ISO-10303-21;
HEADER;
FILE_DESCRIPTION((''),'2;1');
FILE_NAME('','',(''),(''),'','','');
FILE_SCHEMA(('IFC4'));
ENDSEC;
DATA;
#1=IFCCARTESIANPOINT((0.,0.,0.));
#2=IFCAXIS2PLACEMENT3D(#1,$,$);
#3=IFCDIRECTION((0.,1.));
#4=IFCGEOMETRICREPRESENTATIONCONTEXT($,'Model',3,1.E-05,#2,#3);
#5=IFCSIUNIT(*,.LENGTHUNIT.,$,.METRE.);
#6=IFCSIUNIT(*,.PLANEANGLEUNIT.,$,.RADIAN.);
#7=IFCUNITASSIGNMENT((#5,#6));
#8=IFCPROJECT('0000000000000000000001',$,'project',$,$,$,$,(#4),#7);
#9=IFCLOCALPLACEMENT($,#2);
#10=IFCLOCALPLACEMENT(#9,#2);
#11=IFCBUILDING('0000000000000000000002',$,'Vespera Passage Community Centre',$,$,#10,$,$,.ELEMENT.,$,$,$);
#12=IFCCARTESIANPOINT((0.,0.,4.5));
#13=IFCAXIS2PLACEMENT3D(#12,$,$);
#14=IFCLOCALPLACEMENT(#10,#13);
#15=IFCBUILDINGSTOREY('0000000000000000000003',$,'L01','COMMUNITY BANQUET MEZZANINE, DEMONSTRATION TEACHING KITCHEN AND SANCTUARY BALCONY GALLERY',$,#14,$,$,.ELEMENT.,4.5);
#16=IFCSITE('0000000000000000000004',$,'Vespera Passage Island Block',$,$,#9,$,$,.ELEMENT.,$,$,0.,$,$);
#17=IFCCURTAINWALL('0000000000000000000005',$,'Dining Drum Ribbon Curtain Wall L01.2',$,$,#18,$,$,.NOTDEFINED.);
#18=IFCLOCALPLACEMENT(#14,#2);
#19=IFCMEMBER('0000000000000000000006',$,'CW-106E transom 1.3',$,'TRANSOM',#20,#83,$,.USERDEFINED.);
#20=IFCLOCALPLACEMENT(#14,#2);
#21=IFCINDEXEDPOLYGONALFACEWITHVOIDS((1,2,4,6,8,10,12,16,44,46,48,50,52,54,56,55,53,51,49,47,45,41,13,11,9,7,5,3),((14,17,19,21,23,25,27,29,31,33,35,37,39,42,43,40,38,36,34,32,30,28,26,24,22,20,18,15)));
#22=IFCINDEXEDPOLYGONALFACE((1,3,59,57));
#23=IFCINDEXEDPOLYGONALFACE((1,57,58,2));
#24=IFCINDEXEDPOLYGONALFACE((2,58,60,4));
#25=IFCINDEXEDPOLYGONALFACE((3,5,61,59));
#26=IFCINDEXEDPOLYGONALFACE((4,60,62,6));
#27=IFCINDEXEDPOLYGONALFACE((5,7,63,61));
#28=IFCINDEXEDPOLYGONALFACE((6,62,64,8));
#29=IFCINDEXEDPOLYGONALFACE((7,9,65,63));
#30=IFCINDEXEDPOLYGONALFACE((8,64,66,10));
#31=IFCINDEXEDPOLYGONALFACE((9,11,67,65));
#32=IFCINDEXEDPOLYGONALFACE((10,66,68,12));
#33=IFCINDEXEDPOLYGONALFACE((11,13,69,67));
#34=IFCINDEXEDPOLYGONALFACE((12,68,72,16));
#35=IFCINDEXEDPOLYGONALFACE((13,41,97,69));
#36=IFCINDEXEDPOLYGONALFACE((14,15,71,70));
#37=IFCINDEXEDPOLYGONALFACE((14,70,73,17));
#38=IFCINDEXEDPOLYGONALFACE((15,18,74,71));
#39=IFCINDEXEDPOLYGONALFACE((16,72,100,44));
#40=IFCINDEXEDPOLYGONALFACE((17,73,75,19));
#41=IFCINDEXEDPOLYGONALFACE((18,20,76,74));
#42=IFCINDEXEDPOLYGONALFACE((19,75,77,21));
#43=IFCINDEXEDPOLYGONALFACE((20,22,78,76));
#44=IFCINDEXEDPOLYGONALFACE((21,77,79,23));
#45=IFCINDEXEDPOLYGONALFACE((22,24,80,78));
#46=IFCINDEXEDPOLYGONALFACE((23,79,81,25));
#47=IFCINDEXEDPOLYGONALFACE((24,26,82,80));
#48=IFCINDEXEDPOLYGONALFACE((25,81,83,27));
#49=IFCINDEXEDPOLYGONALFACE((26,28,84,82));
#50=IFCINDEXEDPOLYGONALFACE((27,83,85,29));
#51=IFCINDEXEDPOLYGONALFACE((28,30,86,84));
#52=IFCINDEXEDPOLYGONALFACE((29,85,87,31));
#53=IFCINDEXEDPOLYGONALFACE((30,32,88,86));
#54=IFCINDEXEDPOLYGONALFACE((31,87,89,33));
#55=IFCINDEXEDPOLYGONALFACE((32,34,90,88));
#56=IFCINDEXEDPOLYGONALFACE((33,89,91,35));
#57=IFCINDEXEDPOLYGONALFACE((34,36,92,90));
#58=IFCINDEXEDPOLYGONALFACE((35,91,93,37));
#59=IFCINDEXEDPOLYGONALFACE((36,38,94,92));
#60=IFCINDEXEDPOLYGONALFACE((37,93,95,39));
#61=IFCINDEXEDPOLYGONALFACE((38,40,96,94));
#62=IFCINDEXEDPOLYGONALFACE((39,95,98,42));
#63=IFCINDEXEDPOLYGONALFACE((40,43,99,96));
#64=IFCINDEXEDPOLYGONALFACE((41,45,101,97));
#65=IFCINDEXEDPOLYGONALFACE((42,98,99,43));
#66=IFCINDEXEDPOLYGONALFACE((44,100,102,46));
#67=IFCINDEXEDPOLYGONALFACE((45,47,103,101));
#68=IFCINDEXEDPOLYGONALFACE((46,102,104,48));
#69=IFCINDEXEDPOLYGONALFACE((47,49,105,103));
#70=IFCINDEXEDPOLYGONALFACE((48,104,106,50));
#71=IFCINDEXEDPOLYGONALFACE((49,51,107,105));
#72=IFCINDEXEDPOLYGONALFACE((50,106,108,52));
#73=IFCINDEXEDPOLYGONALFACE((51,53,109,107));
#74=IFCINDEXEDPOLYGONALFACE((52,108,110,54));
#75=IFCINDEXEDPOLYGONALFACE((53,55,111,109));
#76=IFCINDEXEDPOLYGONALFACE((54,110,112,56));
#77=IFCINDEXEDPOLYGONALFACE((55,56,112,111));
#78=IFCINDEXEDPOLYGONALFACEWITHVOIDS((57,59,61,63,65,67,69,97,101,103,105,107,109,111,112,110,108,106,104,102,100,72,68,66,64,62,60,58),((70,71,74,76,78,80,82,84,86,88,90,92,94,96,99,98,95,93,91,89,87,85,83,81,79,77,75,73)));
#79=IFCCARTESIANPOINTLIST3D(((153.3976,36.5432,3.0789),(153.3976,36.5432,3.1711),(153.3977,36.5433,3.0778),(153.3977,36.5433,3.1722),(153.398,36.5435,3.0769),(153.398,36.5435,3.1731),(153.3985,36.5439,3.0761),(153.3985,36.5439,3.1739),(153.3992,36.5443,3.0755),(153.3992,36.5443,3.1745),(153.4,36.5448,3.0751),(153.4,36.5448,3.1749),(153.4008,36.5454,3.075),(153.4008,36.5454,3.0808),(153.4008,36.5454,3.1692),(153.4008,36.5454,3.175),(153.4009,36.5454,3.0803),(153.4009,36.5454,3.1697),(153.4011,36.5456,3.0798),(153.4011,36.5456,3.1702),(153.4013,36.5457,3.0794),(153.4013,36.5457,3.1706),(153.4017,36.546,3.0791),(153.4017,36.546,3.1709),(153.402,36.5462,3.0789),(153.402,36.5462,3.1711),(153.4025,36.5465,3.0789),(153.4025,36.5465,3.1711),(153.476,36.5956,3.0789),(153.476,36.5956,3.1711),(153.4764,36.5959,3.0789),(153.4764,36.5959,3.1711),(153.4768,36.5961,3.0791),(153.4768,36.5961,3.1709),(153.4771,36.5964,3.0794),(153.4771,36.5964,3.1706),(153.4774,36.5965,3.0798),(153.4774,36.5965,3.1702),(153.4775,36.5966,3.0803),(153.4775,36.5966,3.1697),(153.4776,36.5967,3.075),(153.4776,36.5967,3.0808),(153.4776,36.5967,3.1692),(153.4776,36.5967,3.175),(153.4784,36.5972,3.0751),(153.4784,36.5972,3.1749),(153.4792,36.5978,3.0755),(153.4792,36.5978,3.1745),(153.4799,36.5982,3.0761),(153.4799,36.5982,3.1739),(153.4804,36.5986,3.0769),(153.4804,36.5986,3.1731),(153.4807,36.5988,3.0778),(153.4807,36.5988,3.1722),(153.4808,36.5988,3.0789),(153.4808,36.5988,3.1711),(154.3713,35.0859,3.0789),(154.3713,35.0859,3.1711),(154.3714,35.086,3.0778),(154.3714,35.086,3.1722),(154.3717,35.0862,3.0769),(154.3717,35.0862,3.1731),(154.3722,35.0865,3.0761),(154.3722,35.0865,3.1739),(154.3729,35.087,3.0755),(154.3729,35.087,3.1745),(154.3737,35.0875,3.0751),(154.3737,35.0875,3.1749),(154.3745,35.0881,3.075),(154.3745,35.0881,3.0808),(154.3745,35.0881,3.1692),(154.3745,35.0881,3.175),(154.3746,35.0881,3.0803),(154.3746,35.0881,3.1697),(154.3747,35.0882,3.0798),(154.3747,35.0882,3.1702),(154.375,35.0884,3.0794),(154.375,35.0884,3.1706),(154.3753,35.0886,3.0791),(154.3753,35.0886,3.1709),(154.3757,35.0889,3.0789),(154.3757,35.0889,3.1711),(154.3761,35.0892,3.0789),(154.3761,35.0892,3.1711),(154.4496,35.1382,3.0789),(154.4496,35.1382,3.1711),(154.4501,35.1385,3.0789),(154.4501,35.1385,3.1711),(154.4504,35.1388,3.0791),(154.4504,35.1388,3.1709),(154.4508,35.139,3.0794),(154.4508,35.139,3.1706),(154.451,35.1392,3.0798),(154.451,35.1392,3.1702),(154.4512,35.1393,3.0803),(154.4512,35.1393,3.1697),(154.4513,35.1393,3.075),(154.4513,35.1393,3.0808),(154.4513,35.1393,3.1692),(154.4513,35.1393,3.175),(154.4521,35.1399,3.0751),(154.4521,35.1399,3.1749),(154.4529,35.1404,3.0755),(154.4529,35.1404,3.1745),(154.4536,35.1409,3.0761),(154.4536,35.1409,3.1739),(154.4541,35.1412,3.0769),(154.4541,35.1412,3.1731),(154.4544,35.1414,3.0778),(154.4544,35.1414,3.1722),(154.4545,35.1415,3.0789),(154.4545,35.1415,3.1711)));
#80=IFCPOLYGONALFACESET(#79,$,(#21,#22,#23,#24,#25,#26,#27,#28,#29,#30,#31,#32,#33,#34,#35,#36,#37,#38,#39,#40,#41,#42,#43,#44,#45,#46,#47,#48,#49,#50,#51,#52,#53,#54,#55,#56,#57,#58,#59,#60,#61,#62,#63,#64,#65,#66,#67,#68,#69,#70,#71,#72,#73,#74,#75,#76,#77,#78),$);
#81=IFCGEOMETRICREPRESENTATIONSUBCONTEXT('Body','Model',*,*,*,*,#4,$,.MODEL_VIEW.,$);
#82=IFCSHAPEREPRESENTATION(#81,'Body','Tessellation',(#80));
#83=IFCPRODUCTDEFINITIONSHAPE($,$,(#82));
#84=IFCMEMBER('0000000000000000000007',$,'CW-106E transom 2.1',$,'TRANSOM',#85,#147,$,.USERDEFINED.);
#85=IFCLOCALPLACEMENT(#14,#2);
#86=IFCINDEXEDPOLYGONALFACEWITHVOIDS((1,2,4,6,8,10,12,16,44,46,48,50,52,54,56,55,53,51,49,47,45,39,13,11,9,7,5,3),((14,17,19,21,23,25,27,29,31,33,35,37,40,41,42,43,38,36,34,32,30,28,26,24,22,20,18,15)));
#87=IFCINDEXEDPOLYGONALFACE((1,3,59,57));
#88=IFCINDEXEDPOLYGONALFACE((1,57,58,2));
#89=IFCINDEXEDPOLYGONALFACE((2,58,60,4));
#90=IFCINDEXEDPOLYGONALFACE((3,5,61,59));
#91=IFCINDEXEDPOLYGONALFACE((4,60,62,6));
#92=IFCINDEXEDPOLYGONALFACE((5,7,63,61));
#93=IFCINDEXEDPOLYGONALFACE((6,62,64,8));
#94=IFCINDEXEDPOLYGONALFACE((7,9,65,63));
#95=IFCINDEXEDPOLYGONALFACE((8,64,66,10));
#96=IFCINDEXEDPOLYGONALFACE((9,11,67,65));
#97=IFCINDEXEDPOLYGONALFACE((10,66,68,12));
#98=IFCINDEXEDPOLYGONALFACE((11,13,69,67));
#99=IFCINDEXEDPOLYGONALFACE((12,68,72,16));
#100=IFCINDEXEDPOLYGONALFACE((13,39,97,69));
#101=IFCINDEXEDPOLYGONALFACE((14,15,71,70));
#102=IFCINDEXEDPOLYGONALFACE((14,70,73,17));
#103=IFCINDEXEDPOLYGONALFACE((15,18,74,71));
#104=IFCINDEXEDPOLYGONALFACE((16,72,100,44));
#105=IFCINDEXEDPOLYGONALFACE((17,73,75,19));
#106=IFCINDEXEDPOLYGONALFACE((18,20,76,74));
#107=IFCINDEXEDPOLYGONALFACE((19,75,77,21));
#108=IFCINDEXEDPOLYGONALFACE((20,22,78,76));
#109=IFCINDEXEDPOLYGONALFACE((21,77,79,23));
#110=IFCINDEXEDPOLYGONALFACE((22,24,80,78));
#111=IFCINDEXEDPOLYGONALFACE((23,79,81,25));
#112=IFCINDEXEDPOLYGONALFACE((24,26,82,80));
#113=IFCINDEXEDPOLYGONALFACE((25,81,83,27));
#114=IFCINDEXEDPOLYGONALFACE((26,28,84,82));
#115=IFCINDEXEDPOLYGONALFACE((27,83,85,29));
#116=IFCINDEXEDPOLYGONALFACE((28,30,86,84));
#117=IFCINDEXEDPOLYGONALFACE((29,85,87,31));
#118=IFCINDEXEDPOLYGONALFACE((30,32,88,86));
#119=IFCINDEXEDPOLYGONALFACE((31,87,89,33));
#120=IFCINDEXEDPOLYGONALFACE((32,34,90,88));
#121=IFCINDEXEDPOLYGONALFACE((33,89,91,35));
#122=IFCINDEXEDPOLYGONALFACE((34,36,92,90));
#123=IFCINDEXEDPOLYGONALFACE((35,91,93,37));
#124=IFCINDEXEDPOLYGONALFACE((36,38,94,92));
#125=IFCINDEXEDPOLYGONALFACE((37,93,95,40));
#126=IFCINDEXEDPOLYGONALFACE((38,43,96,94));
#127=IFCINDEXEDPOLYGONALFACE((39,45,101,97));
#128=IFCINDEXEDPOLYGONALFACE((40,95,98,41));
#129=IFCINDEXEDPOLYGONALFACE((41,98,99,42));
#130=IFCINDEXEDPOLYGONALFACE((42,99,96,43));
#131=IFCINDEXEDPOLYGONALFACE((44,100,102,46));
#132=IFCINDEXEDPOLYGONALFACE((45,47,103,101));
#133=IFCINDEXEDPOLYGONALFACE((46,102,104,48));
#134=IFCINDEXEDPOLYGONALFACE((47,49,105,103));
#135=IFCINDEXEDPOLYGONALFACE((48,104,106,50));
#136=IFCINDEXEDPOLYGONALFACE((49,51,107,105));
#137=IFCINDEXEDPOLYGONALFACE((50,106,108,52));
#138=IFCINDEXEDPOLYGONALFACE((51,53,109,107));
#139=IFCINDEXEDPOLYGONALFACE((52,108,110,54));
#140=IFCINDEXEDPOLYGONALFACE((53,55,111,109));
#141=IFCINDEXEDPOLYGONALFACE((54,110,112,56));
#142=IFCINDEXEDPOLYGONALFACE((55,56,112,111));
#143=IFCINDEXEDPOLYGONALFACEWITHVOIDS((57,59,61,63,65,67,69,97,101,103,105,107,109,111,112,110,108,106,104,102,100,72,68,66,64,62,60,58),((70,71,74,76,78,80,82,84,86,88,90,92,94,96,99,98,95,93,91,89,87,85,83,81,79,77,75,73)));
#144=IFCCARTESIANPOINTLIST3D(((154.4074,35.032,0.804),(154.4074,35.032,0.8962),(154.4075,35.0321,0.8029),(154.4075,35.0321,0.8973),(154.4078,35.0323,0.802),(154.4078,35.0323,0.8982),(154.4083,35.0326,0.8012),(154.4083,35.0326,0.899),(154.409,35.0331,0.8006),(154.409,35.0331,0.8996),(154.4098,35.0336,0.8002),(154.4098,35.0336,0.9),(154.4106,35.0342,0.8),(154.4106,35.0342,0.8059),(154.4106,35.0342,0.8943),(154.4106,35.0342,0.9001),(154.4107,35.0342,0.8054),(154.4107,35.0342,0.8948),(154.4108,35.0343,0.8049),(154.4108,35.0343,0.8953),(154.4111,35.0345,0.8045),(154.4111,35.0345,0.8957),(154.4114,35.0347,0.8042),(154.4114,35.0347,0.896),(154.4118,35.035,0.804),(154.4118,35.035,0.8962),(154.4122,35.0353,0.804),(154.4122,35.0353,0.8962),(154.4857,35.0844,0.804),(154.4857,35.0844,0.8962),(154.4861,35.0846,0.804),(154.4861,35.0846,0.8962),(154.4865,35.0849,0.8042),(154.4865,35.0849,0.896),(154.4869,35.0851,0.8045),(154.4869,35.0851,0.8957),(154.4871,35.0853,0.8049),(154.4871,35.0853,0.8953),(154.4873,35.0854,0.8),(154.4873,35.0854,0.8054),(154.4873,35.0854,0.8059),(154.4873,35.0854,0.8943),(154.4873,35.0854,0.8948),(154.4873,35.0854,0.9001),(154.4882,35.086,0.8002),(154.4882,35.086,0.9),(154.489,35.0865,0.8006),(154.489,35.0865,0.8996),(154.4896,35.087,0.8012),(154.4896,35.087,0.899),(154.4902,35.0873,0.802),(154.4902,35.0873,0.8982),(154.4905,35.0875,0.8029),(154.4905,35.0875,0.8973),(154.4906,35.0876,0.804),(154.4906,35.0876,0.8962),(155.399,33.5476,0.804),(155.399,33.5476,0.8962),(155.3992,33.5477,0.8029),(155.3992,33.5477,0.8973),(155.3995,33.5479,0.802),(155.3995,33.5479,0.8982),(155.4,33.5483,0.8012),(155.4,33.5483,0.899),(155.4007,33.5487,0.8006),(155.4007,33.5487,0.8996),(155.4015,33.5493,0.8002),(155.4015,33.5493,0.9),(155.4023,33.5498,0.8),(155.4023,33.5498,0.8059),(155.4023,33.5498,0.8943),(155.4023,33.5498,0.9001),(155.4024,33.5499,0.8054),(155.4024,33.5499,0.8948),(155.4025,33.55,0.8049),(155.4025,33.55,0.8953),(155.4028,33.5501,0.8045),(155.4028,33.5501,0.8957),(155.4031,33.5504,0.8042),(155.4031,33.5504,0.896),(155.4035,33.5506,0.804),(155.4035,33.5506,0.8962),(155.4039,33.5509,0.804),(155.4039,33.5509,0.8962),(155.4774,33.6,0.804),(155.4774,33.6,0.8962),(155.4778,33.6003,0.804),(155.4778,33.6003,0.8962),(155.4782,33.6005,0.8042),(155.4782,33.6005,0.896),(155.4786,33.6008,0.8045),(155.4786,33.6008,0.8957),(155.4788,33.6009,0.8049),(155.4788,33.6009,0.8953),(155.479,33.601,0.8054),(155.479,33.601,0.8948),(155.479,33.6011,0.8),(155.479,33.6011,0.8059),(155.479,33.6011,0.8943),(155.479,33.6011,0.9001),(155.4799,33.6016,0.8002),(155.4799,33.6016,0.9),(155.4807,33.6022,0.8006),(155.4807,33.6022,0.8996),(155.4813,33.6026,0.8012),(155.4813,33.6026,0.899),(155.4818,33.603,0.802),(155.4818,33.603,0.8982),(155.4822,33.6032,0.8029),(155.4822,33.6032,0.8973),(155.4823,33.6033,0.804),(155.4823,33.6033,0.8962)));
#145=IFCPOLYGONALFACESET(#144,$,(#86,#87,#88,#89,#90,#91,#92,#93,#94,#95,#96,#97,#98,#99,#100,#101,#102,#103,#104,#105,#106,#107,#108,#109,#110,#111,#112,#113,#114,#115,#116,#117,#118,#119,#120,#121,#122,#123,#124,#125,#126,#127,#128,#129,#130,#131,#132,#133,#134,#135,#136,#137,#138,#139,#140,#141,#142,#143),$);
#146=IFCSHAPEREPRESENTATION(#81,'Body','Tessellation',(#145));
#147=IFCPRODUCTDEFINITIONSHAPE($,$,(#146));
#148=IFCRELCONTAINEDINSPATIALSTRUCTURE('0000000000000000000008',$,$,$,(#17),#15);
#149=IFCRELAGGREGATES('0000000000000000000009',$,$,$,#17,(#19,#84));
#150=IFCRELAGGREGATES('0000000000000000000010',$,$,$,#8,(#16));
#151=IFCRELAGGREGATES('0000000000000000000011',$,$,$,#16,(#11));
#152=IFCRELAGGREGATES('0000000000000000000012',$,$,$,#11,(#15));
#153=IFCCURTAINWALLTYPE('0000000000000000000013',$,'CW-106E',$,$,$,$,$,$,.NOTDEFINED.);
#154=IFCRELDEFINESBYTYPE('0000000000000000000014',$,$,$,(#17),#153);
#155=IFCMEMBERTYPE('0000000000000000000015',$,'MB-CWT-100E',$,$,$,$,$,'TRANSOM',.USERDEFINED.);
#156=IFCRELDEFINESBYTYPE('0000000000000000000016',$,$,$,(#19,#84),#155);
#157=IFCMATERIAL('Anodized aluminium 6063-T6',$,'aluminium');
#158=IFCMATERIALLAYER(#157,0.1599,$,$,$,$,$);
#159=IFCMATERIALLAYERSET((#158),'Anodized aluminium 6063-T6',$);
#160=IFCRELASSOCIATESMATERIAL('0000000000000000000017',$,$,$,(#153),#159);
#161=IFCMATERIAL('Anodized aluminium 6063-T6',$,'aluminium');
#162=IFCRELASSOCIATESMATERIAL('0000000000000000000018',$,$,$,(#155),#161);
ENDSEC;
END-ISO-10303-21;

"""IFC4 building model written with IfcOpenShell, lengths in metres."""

from ifc_helpers import new_model, si_unit, direction, frame, origin, origin_2d, place, context, subcontext, project, spatial, hollow_rectangle, extrude, material, layer, layer_set, material_profile, profile_set, type_object, element, aggregate, save


model = new_model("IFC4")

# Units and contexts
model_context = context("Model", 3, precision=1e-05, world=origin(), true_north=direction((0.0, 1.0)))
body_context = subcontext(model_context, "Body", "Model", "MODEL_VIEW")
ifc_project = project(units=[si_unit("LENGTHUNIT", "METRE"), si_unit("PLANEANGLEUNIT", "RADIAN")], contexts=[model_context])

# Site, building, storey
site_placement = place(None, origin())
site = spatial("IfcSite", under=ifc_project, at=site_placement, Name="Vespera Passage Island Block", CompositionType="ELEMENT", RefElevation=0.0)
building_placement = place(site_placement, origin())
building = spatial("IfcBuilding", under=site, at=building_placement, Name="Vespera Passage Community Centre", CompositionType="ELEMENT")
storey_placement = place(building_placement, frame((0.0, 0.0, 4.5)))
storey = spatial("IfcBuildingStorey", under=building, at=storey_placement, Name="L01", Description="COMMUNITY BANQUET MEZZANINE, DEMONSTRATION TEACHING KITCHEN AND SANCTUARY BALCONY GALLERY", CompositionType="ELEMENT", Elevation=4.5)

# Curtain wall
ifc_material_1 = material(Name="Anodized aluminium 6063-T6", Category="aluminium")
ifc_layer_1 = layer(ifc_material_1, 0.1599)
ifc_layer_set_1 = layer_set([ifc_layer_1], Name="Anodized aluminium 6063-T6")
curtain_wall_type_1 = type_object("IfcCurtainWallType", Name="CW-106E", PredefinedType="NOTDEFINED", material=ifc_layer_set_1)
curtain_wall_1_placement = place(storey_placement, origin())
curtain_wall_1 = element("IfcCurtainWall", 1, at=curtain_wall_1_placement, inside=storey, type_object=curtain_wall_type_1, Name="Dining Drum Ribbon Curtain Wall L01.2", PredefinedType="NOTDEFINED")

# Members
ifc_material_2 = material(Name="Anodized aluminium 6063-T6", Category="aluminium")
ifc_material_profile_1 = material_profile(ifc_material_2, hollow_rectangle(XDim=0.1001, YDim=0.1001, WallThickness=0.0039, InnerFilletRadius=0.002, OuterFilletRadius=0.0039, at=origin_2d()), Name="ALU100X100X4")
ifc_profile_set_1 = profile_set([ifc_material_profile_1], Name="Anodized aluminium 6063-T6")
member_type_1 = type_object("IfcMemberType", Name="MB-CWT-100E", ElementType="TRANSOM", PredefinedType="USERDEFINED", material=ifc_profile_set_1)
member_1_placement = place(storey_placement, frame((153.4392, 36.571, 3.125), z_axis=(0.555536, -0.831493, 0.0), x_axis=(0.831493, 0.555536, 0.0)))
member_1 = element("IfcMember", 2, at=member_1_placement, type_object=member_type_1, Name="CW-106E transom 1.3", ObjectType="TRANSOM", PredefinedType="USERDEFINED", context=body_context, shape_type="SweptSolid", body=[
    extrude(hollow_rectangle(XDim=0.1001, YDim=0.1001, WallThickness=0.0039, InnerFilletRadius=0.002, OuterFilletRadius=0.0039, at=origin_2d()), origin(), (0.0, 0.0, 1.0), 1.7527),
])
member_2_placement = place(storey_placement, frame((154.449, 35.0598, 0.8501), z_axis=(0.55552, -0.831503, 0.0), x_axis=(0.831503, 0.55552, 0.0)))
member_2 = element("IfcMember", 3, at=member_2_placement, type_object=member_type_1, Name="CW-106E transom 2.1", ObjectType="TRANSOM", PredefinedType="USERDEFINED", context=body_context, shape_type="SweptSolid", body=[
    extrude(hollow_rectangle(XDim=0.1001, YDim=0.1001, WallThickness=0.0039, InnerFilletRadius=0.002, OuterFilletRadius=0.0039, at=origin_2d()), origin(), (0.0, 0.0, 1.0), 1.7852),
])

aggregate(curtain_wall_1, [member_1, member_2])

save(model, "model.ifc")
